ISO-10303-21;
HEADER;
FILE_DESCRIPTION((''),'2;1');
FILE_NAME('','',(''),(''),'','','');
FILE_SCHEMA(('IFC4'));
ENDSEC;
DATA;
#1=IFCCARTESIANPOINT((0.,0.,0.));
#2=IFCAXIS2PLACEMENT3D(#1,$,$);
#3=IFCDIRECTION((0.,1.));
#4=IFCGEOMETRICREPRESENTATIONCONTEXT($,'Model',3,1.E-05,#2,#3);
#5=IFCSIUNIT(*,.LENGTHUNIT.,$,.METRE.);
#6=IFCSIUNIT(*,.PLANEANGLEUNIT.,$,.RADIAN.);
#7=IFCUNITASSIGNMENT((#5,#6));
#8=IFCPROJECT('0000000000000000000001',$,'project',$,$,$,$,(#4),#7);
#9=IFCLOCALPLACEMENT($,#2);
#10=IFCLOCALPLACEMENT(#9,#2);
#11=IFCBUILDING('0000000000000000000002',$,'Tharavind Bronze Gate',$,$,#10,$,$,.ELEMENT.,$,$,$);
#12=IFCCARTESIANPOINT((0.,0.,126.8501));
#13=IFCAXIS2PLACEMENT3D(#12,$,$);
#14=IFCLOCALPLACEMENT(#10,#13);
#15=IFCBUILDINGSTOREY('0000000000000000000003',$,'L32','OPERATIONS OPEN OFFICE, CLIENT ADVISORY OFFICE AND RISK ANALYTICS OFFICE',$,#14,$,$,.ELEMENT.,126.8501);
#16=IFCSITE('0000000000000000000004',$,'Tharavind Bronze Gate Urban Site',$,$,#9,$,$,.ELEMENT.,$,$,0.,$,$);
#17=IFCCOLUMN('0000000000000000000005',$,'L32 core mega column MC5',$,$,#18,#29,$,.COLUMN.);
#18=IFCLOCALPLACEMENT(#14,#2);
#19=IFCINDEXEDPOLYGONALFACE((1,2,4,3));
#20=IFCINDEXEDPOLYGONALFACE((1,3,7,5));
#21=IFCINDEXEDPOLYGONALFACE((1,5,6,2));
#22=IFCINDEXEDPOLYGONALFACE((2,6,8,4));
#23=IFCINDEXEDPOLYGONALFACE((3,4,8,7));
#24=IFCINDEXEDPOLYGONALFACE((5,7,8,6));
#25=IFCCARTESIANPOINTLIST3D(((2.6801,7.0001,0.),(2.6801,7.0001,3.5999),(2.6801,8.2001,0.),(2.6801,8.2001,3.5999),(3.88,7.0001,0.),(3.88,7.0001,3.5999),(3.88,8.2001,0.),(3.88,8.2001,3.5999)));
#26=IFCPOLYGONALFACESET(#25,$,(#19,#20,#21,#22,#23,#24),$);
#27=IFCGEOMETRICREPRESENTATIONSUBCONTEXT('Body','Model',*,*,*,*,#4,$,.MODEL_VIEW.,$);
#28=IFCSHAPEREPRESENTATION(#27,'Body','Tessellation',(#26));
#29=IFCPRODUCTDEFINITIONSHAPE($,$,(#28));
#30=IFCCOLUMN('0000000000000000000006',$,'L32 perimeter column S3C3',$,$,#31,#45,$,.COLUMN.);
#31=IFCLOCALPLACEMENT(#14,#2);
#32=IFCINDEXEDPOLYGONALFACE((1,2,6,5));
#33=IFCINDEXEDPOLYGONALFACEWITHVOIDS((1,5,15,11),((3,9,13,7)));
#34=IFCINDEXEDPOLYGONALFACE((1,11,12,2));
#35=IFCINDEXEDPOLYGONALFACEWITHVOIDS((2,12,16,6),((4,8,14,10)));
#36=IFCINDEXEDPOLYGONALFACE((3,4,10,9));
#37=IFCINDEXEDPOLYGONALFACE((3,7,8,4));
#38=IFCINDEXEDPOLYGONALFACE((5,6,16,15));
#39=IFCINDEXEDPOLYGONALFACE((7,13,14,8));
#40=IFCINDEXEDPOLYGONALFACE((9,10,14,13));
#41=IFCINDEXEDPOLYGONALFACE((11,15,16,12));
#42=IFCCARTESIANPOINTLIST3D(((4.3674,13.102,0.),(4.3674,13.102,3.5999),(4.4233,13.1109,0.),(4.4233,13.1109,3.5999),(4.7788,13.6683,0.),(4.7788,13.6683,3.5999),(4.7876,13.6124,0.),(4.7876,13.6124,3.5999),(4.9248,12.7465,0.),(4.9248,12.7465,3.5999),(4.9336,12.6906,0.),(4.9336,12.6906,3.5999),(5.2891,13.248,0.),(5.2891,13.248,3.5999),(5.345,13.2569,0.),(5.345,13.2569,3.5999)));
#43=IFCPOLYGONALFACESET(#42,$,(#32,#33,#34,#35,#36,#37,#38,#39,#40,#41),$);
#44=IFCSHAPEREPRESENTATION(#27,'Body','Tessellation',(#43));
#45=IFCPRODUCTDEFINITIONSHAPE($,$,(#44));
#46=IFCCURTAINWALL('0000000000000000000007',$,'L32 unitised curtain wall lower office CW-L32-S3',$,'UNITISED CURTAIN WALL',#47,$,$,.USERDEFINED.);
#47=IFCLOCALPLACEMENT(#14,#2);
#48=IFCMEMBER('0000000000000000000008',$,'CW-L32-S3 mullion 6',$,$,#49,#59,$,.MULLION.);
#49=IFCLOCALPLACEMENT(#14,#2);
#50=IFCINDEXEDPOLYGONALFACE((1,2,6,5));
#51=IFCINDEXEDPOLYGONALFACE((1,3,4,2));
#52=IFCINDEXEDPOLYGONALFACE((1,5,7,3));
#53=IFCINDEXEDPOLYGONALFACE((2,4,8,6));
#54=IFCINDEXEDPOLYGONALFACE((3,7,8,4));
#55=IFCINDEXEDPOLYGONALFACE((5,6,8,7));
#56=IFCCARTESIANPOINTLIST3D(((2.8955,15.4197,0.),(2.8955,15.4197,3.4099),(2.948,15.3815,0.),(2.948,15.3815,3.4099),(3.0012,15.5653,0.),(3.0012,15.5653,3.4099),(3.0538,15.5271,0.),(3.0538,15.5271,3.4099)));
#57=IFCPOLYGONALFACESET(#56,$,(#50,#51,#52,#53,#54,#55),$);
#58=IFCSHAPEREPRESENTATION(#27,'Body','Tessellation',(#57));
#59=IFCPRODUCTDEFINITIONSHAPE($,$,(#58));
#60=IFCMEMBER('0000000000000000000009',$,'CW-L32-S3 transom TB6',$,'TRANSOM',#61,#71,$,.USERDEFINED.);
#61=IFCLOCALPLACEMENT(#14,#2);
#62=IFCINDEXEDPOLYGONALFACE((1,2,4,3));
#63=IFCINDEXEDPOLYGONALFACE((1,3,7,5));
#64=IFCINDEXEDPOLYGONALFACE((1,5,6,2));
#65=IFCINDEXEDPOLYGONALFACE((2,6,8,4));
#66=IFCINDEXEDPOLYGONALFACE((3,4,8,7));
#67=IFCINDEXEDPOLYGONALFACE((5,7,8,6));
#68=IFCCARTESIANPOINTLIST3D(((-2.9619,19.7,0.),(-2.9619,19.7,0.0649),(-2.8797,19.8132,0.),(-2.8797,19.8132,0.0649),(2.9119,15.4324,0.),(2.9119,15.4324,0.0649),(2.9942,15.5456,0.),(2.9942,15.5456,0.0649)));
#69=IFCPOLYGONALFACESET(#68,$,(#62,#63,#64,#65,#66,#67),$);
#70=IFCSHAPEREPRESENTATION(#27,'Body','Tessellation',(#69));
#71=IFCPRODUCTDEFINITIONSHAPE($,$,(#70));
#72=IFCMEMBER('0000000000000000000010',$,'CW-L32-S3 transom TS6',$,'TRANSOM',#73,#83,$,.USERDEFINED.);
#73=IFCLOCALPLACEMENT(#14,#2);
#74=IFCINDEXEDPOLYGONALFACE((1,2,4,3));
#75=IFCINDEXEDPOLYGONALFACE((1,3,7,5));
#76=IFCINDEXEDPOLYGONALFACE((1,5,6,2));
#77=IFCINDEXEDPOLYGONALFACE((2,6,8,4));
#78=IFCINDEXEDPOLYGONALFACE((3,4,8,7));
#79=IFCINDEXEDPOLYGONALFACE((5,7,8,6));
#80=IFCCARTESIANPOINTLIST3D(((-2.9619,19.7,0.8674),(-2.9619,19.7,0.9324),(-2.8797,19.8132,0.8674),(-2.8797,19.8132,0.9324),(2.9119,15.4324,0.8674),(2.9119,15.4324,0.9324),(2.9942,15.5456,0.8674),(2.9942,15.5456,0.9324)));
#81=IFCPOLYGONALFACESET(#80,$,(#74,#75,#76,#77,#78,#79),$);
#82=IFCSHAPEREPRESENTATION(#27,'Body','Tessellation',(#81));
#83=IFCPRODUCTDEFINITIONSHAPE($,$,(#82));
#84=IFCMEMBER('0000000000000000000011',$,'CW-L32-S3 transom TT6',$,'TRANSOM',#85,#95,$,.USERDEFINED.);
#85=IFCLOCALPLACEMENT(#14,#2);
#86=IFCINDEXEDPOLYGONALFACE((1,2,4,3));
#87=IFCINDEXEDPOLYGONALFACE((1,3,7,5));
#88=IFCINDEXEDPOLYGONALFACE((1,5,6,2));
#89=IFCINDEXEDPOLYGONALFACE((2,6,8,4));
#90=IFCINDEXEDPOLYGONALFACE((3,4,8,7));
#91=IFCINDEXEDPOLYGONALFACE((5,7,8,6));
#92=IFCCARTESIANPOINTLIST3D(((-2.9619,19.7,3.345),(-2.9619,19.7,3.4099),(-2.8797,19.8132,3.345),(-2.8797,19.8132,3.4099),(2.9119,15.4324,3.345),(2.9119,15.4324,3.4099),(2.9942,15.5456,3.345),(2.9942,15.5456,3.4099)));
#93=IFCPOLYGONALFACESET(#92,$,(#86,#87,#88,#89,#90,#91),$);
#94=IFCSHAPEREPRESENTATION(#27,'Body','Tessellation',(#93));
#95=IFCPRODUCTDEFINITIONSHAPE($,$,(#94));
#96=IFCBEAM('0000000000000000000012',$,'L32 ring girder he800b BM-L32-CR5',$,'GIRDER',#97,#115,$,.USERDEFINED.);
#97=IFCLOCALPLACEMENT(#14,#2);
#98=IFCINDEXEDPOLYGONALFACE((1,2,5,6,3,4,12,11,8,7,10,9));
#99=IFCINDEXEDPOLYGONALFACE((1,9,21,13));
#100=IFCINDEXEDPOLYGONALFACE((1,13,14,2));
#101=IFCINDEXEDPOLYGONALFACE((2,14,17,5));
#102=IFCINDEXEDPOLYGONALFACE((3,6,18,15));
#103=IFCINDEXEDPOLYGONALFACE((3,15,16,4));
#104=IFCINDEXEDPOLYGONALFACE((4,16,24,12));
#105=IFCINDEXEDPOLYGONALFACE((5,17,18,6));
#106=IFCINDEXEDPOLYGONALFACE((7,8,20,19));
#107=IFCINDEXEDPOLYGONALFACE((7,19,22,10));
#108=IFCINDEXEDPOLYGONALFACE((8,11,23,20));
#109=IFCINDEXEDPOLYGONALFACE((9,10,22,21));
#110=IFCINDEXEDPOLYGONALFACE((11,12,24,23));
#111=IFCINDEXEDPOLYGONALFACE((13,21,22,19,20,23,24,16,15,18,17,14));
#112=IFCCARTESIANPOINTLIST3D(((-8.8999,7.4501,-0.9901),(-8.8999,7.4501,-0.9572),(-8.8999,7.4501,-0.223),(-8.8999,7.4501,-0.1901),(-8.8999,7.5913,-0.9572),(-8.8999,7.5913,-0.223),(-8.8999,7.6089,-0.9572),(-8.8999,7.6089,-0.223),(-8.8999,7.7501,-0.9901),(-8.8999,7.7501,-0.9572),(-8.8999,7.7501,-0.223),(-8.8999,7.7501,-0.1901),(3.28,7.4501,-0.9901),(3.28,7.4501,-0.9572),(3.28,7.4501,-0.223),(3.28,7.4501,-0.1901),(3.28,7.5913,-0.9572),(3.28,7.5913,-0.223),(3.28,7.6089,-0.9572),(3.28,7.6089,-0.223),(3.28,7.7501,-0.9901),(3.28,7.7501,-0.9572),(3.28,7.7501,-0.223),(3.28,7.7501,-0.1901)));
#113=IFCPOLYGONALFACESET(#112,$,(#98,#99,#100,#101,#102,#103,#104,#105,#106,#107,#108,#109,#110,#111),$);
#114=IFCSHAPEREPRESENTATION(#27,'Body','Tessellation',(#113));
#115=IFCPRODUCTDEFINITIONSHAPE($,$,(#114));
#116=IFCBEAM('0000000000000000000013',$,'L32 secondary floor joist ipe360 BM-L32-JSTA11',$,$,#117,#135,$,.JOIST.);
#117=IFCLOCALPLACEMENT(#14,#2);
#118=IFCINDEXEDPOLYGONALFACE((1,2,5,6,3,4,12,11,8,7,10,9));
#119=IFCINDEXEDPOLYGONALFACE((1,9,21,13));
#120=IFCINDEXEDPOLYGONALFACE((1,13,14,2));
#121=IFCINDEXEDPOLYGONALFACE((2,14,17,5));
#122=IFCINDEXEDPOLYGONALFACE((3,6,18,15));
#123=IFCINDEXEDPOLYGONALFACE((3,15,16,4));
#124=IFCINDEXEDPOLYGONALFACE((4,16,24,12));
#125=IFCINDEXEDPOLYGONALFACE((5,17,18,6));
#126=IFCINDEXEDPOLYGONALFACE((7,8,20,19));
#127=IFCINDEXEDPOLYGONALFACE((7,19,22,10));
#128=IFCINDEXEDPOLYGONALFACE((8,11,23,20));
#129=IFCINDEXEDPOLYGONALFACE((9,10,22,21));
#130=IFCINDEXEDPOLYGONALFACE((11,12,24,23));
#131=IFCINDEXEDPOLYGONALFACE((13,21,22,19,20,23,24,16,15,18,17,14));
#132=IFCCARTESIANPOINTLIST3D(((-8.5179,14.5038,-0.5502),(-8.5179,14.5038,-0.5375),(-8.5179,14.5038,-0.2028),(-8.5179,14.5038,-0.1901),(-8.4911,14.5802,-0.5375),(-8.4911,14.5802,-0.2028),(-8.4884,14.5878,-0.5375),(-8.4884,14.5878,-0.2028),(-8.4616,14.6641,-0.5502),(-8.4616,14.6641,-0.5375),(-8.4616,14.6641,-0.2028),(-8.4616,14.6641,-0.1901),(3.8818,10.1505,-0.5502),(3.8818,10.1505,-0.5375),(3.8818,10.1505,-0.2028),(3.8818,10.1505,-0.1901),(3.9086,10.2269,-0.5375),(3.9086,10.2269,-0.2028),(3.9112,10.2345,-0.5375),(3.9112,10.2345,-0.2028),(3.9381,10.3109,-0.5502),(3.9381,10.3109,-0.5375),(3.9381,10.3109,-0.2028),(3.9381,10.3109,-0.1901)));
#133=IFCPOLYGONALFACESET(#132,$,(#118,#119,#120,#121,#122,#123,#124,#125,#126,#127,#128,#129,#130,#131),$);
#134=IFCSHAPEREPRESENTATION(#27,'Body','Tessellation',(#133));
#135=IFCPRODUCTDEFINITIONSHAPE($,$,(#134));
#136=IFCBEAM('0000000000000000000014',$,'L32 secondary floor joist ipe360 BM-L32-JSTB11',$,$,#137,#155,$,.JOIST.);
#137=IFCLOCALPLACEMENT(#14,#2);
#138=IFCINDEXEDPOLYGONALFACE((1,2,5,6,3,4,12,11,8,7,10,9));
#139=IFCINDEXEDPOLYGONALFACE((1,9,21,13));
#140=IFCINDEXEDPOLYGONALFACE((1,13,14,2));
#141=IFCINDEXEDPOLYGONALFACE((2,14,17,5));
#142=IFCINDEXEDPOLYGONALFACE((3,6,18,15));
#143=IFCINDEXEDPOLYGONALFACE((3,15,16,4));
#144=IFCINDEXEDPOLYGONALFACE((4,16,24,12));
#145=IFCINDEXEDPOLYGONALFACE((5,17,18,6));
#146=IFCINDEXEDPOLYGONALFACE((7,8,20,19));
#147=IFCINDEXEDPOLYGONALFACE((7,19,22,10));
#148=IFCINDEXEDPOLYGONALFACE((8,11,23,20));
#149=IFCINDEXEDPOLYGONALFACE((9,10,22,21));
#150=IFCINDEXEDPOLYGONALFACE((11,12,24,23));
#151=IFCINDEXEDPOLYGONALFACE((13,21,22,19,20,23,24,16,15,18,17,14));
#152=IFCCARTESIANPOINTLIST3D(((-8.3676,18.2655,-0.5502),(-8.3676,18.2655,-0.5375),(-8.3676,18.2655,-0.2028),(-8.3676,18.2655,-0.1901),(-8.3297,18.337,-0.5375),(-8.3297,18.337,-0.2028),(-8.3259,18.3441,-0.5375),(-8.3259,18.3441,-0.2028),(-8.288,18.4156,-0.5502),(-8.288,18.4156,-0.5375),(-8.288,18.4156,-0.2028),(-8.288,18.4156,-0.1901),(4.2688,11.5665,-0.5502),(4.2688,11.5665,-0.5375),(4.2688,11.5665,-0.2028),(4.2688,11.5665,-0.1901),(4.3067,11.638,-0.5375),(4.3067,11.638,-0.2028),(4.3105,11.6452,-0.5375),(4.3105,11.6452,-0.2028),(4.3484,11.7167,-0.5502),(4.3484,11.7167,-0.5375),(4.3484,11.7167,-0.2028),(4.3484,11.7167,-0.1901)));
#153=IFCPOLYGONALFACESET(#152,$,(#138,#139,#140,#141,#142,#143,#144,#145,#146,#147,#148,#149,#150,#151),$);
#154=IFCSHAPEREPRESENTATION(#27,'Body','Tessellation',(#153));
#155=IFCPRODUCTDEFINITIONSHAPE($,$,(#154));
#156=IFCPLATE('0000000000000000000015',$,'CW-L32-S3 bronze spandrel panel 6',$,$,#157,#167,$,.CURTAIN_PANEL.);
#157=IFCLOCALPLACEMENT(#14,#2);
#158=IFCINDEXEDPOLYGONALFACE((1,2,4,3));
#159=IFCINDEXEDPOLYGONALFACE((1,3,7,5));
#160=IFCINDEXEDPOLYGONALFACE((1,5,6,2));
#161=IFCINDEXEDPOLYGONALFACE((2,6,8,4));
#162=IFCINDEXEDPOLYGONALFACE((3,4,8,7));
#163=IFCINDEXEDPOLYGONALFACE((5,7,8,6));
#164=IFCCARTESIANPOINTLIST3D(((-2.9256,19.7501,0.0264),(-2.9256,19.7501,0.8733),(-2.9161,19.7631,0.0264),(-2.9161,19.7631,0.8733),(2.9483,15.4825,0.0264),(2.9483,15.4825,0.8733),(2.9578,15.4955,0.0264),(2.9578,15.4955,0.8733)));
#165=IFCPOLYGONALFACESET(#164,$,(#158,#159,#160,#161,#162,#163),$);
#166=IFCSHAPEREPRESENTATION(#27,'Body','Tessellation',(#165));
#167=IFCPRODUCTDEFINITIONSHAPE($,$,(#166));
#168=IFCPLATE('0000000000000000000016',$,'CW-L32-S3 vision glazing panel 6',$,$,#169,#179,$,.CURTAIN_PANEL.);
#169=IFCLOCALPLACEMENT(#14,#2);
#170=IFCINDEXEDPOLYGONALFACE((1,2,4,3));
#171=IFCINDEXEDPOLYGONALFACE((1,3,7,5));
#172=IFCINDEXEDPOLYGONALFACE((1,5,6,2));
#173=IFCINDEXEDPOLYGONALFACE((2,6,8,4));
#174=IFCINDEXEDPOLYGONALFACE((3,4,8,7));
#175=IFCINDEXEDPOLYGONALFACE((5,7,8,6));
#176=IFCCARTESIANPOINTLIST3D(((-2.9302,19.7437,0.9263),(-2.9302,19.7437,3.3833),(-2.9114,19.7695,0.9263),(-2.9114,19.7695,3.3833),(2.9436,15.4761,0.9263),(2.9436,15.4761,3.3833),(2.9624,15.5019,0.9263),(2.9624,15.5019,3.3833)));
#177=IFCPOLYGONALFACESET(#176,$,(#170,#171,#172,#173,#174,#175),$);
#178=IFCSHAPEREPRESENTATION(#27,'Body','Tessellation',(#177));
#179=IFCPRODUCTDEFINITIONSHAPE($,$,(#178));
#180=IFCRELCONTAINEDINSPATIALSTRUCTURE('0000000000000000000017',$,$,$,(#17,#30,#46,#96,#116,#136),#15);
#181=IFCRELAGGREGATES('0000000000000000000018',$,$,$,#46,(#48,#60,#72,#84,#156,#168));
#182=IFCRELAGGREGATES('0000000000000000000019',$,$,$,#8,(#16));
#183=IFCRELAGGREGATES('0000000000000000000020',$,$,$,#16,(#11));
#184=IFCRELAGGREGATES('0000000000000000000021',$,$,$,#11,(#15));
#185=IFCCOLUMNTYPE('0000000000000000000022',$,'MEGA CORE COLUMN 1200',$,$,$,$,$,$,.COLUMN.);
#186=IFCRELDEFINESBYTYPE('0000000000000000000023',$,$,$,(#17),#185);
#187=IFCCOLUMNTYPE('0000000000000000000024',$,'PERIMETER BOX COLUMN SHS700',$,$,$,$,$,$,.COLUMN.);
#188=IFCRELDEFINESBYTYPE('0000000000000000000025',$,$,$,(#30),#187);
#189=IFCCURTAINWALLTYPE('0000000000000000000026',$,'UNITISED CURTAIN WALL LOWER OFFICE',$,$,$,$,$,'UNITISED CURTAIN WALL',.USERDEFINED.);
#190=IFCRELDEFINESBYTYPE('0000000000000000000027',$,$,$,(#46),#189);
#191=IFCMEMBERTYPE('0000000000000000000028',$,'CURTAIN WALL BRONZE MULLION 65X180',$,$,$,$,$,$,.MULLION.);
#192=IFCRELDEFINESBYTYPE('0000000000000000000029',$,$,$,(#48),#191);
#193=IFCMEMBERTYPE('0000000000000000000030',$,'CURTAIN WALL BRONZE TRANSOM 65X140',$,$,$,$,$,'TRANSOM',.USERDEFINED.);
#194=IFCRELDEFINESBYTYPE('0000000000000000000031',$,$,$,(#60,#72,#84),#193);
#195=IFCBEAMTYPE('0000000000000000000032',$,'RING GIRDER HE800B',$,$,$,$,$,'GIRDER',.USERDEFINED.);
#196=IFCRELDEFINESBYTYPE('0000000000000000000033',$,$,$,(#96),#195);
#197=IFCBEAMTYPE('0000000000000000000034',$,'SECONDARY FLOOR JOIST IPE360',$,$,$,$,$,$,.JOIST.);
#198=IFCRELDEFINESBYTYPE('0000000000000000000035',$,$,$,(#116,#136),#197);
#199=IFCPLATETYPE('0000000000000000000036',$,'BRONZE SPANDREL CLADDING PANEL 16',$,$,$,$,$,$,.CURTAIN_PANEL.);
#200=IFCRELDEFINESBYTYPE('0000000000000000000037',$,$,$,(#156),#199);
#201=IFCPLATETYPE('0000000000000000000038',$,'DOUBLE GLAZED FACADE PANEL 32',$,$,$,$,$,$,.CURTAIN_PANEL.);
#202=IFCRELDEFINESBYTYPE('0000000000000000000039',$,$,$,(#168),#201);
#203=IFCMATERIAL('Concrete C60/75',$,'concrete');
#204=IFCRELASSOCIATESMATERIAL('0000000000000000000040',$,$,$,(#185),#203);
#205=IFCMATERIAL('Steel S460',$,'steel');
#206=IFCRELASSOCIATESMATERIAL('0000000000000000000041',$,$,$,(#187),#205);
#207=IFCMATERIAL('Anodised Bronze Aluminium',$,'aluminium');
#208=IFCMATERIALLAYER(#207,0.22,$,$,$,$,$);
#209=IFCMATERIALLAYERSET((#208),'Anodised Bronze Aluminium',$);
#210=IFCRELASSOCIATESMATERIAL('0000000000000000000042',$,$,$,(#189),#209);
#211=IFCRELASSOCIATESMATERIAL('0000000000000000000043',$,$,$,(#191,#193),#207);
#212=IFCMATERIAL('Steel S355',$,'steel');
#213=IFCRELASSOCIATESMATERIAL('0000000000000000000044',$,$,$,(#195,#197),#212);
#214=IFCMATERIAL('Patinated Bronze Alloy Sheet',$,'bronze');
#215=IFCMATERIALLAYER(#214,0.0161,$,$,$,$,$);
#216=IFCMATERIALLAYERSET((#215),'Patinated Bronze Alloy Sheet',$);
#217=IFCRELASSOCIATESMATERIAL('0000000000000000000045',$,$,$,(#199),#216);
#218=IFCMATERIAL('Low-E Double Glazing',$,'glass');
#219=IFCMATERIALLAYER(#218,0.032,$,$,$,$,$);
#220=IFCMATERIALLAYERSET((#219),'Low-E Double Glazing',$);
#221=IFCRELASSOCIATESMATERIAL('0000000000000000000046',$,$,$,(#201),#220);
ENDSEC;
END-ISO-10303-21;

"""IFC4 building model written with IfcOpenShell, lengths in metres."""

from ifc_helpers import new_model, si_unit, direction, frame, origin, origin_2d, place, context, subcontext, project, spatial, rectangle, hollow_rectangle, i_section, extrude, material, layer, layer_set, material_profile, profile_set, type_object, element, aggregate, save


model = new_model("IFC4")

# Units and contexts
model_context = context("Model", 3, precision=1e-05, world=origin(), true_north=direction((0.0, 1.0)))
body_context = subcontext(model_context, "Body", "Model", "MODEL_VIEW")
ifc_project = project(units=[si_unit("LENGTHUNIT", "METRE"), si_unit("PLANEANGLEUNIT", "RADIAN")], contexts=[model_context])

# Site, building, storey
site_placement = place(None, origin())
site = spatial("IfcSite", under=ifc_project, at=site_placement, Name="Tharavind Bronze Gate Urban Site", CompositionType="ELEMENT", RefElevation=0.0)
building_placement = place(site_placement, origin())
building = spatial("IfcBuilding", under=site, at=building_placement, Name="Tharavind Bronze Gate", CompositionType="ELEMENT")
storey_placement = place(building_placement, frame((0.0, 0.0, 126.8501)))
storey = spatial("IfcBuildingStorey", under=building, at=storey_placement, Name="L32", Description="OPERATIONS OPEN OFFICE, CLIENT ADVISORY OFFICE AND RISK ANALYTICS OFFICE", CompositionType="ELEMENT", Elevation=126.8501)

# Columns
ifc_material_1 = material(Name="Concrete C60/75", Category="concrete")
ifc_material_profile_1 = material_profile(ifc_material_1, rectangle(XDim=1.2, YDim=1.2, at=origin_2d()), Name="RCCOL1200")
ifc_profile_set_1 = profile_set([ifc_material_profile_1], Name="Concrete C60/75")
column_type_1 = type_object("IfcColumnType", Name="MEGA CORE COLUMN 1200", PredefinedType="COLUMN", material=ifc_profile_set_1)
column_1_placement = place(storey_placement, frame((3.28, 7.6001, 0.0), z_axis=(0.0, 0.0, 1.0), x_axis=(1.0, 0.0, 0.0)))
element("IfcColumn", 1, at=column_1_placement, inside=storey, type_object=column_type_1, Name="L32 core mega column MC5", PredefinedType="COLUMN", context=body_context, shape_type="SweptSolid", body=[
    extrude(rectangle(XDim=1.2, YDim=1.2, at=origin_2d()), origin(), (0.0, 0.0, 1.0), 3.5999),
])
ifc_material_2 = material(Name="Steel S460", Category="steel")
ifc_material_profile_2 = material_profile(ifc_material_2, hollow_rectangle(XDim=0.7, YDim=0.7, WallThickness=0.04, at=origin_2d()), Name="SHS700X40")
ifc_profile_set_2 = profile_set([ifc_material_profile_2], Name="Steel S460")
column_type_2 = type_object("IfcColumnType", Name="PERIMETER BOX COLUMN SHS700", PredefinedType="COLUMN", material=ifc_profile_set_2)
column_2_placement = place(storey_placement, frame((4.8562, 13.1794, 0.0), z_axis=(0.0, 0.0, 1.0), x_axis=(-0.809017, 0.587785, 0.0)))
element("IfcColumn", 2, at=column_2_placement, inside=storey, type_object=column_type_2, Name="L32 perimeter column S3C3", PredefinedType="COLUMN", context=body_context, shape_type="SweptSolid", body=[
    extrude(hollow_rectangle(XDim=0.7, YDim=0.7, WallThickness=0.04, at=origin_2d()), origin(), (0.0, 0.0, 1.0), 3.5999),
])

# Curtain wall, members
ifc_material_3 = material(Name="Anodised Bronze Aluminium", Category="aluminium")
ifc_layer_1 = layer(ifc_material_3, 0.22)
ifc_layer_set_1 = layer_set([ifc_layer_1], Name="Anodised Bronze Aluminium")
curtain_wall_type = type_object("IfcCurtainWallType", Name="UNITISED CURTAIN WALL LOWER OFFICE", ElementType="UNITISED CURTAIN WALL", PredefinedType="USERDEFINED", material=ifc_layer_set_1)
curtain_wall_placement = place(storey_placement, origin())
curtain_wall = element("IfcCurtainWall", 3, at=curtain_wall_placement, inside=storey, type_object=curtain_wall_type, Name="L32 unitised curtain wall lower office CW-L32-S3", ObjectType="UNITISED CURTAIN WALL", PredefinedType="USERDEFINED")
member_type_1 = type_object("IfcMemberType", Name="CURTAIN WALL BRONZE MULLION 65X180", PredefinedType="MULLION", material=ifc_material_3)
member_1_placement = place(storey_placement, frame((2.9746, 15.4734, 0.0), z_axis=(0.0, 0.0, 1.0), x_axis=(-0.809017, 0.587785, 0.0)))
member_1 = element("IfcMember", 4, at=member_1_placement, type_object=member_type_1, Name="CW-L32-S3 mullion 6", PredefinedType="MULLION", context=body_context, shape_type="SweptSolid", body=[
    extrude(rectangle(XDim=0.0649, YDim=0.1799, at=origin_2d()), origin(), (0.0, 0.0, 1.0), 3.4099),
])
member_type_2 = type_object("IfcMemberType", Name="CURTAIN WALL BRONZE TRANSOM 65X140", ElementType="TRANSOM", PredefinedType="USERDEFINED", material=ifc_material_3)
member_2_placement = place(storey_placement, frame((0.0161, 17.6228, 0.0), z_axis=(0.0, 0.0, 1.0), x_axis=(-0.809017, 0.587785, 0.0)))
member_2 = element("IfcMember", 5, at=member_2_placement, type_object=member_type_2, Name="CW-L32-S3 transom TB6", ObjectType="TRANSOM", PredefinedType="USERDEFINED", context=body_context, shape_type="SweptSolid", body=[
    extrude(rectangle(XDim=7.2605, YDim=0.1399, at=origin_2d()), origin(), (0.0, 0.0, 1.0), 0.0649),
])
member_3_placement = place(storey_placement, frame((0.0161, 17.6228, 0.8674), z_axis=(0.0, 0.0, 1.0), x_axis=(-0.809017, 0.587785, 0.0)))
member_3 = element("IfcMember", 6, at=member_3_placement, type_object=member_type_2, Name="CW-L32-S3 transom TS6", ObjectType="TRANSOM", PredefinedType="USERDEFINED", context=body_context, shape_type="SweptSolid", body=[
    extrude(rectangle(XDim=7.2605, YDim=0.1399, at=origin_2d()), origin(), (0.0, 0.0, 1.0), 0.0649),
])
member_4_placement = place(storey_placement, frame((0.0161, 17.6228, 3.345), z_axis=(0.0, 0.0, 1.0), x_axis=(-0.809017, 0.587785, 0.0)))
member_4 = element("IfcMember", 7, at=member_4_placement, type_object=member_type_2, Name="CW-L32-S3 transom TT6", ObjectType="TRANSOM", PredefinedType="USERDEFINED", context=body_context, shape_type="SweptSolid", body=[
    extrude(rectangle(XDim=7.2605, YDim=0.1399, at=origin_2d()), origin(), (0.0, 0.0, 1.0), 0.0649),
])

# Beams
ifc_material_4 = material(Name="Steel S355", Category="steel")
ifc_material_profile_3 = material_profile(ifc_material_4, i_section(OverallWidth=0.3, OverallDepth=0.8, WebThickness=0.0176, FlangeThickness=0.033, at=origin_2d()), Name="HE800B")
ifc_profile_set_3 = profile_set([ifc_material_profile_3], Name="Steel S355")
beam_type_1 = type_object("IfcBeamType", Name="RING GIRDER HE800B", ElementType="GIRDER", PredefinedType="USERDEFINED", material=ifc_profile_set_3)
beam_1_placement = place(storey_placement, frame((3.28, 7.6001, -0.5901), z_axis=(-1.0, 0.0, 0.0), x_axis=(0.0, -1.0, 0.0)))
element("IfcBeam", 8, at=beam_1_placement, inside=storey, type_object=beam_type_1, Name="L32 ring girder he800b BM-L32-CR5", ObjectType="GIRDER", PredefinedType="USERDEFINED", context=body_context, shape_type="SweptSolid", body=[
    extrude(i_section(OverallWidth=0.3, OverallDepth=0.8, WebThickness=0.0176, FlangeThickness=0.033, at=origin_2d()), origin(), (0.0, 0.0, 1.0), 12.1799),
])
ifc_material_profile_4 = material_profile(ifc_material_4, i_section(OverallWidth=0.1699, OverallDepth=0.3601, WebThickness=0.0081, FlangeThickness=0.0127, at=origin_2d()), Name="IPE360")
ifc_profile_set_4 = profile_set([ifc_material_profile_4], Name="Steel S355")
beam_type_2 = type_object("IfcBeamType", Name="SECONDARY FLOOR JOIST IPE360", PredefinedType="JOIST", material=ifc_profile_set_4)
beam_2_placement = place(storey_placement, frame((3.9099, 10.2307, -0.3701), z_axis=(-0.94354, 0.331258, 0.0), x_axis=(-0.331258, -0.94354, 0.0)))
element("IfcBeam", 9, at=beam_2_placement, inside=storey, type_object=beam_type_2, Name="L32 secondary floor joist ipe360 BM-L32-JSTA11", PredefinedType="JOIST", context=body_context, shape_type="SweptSolid", body=[
    extrude(i_section(OverallWidth=0.1699, OverallDepth=0.3601, WebThickness=0.0081, FlangeThickness=0.0127, at=origin_2d()), origin(), (0.0, 0.0, 1.0), 13.1416),
])
beam_3_placement = place(storey_placement, frame((4.3086, 11.6416, -0.3701), z_axis=(-0.883525, 0.468383, 0.0), x_axis=(-0.468383, -0.883525, 0.0)))
element("IfcBeam", 10, at=beam_3_placement, inside=storey, type_object=beam_type_2, Name="L32 secondary floor joist ipe360 BM-L32-JSTB11", PredefinedType="JOIST", context=body_context, shape_type="SweptSolid", body=[
    extrude(i_section(OverallWidth=0.1699, OverallDepth=0.3601, WebThickness=0.0081, FlangeThickness=0.0127, at=origin_2d()), origin(), (0.0, 0.0, 1.0), 14.3022),
])

# Plates
ifc_material_5 = material(Name="Patinated Bronze Alloy Sheet", Category="bronze")
ifc_layer_2 = layer(ifc_material_5, 0.0161)
ifc_layer_set_2 = layer_set([ifc_layer_2], Name="Patinated Bronze Alloy Sheet")
plate_type_1 = type_object("IfcPlateType", Name="BRONZE SPANDREL CLADDING PANEL 16", PredefinedType="CURTAIN_PANEL", material=ifc_layer_set_2)
plate_1_placement = place(storey_placement, frame((0.0161, 17.6228, 0.0264), z_axis=(0.0, 0.0, 1.0), x_axis=(-0.809017, 0.587785, 0.0)))
plate_1 = element("IfcPlate", 11, at=plate_1_placement, type_object=plate_type_1, Name="CW-L32-S3 bronze spandrel panel 6", PredefinedType="CURTAIN_PANEL", context=body_context, shape_type="SweptSolid", body=[
    extrude(rectangle(XDim=7.2605, YDim=0.0161, at=origin_2d()), origin(), (0.0, 0.0, 1.0), 0.8469),
])
ifc_material_6 = material(Name="Low-E Double Glazing", Category="glass")
ifc_layer_3 = layer(ifc_material_6, 0.032)
ifc_layer_set_3 = layer_set([ifc_layer_3], Name="Low-E Double Glazing")
plate_type_2 = type_object("IfcPlateType", Name="DOUBLE GLAZED FACADE PANEL 32", PredefinedType="CURTAIN_PANEL", material=ifc_layer_set_3)
plate_2_placement = place(storey_placement, frame((0.0161, 17.6228, 0.9263), z_axis=(0.0, 0.0, 1.0), x_axis=(-0.809017, 0.587785, 0.0)))
plate_2 = element("IfcPlate", 12, at=plate_2_placement, type_object=plate_type_2, Name="CW-L32-S3 vision glazing panel 6", PredefinedType="CURTAIN_PANEL", context=body_context, shape_type="SweptSolid", body=[
    extrude(rectangle(XDim=7.2605, YDim=0.032, at=origin_2d()), origin(), (0.0, 0.0, 1.0), 2.457),
])
aggregate(curtain_wall, [member_1, member_2, member_3, member_4, plate_1, plate_2])

save(model, "model.ifc")
